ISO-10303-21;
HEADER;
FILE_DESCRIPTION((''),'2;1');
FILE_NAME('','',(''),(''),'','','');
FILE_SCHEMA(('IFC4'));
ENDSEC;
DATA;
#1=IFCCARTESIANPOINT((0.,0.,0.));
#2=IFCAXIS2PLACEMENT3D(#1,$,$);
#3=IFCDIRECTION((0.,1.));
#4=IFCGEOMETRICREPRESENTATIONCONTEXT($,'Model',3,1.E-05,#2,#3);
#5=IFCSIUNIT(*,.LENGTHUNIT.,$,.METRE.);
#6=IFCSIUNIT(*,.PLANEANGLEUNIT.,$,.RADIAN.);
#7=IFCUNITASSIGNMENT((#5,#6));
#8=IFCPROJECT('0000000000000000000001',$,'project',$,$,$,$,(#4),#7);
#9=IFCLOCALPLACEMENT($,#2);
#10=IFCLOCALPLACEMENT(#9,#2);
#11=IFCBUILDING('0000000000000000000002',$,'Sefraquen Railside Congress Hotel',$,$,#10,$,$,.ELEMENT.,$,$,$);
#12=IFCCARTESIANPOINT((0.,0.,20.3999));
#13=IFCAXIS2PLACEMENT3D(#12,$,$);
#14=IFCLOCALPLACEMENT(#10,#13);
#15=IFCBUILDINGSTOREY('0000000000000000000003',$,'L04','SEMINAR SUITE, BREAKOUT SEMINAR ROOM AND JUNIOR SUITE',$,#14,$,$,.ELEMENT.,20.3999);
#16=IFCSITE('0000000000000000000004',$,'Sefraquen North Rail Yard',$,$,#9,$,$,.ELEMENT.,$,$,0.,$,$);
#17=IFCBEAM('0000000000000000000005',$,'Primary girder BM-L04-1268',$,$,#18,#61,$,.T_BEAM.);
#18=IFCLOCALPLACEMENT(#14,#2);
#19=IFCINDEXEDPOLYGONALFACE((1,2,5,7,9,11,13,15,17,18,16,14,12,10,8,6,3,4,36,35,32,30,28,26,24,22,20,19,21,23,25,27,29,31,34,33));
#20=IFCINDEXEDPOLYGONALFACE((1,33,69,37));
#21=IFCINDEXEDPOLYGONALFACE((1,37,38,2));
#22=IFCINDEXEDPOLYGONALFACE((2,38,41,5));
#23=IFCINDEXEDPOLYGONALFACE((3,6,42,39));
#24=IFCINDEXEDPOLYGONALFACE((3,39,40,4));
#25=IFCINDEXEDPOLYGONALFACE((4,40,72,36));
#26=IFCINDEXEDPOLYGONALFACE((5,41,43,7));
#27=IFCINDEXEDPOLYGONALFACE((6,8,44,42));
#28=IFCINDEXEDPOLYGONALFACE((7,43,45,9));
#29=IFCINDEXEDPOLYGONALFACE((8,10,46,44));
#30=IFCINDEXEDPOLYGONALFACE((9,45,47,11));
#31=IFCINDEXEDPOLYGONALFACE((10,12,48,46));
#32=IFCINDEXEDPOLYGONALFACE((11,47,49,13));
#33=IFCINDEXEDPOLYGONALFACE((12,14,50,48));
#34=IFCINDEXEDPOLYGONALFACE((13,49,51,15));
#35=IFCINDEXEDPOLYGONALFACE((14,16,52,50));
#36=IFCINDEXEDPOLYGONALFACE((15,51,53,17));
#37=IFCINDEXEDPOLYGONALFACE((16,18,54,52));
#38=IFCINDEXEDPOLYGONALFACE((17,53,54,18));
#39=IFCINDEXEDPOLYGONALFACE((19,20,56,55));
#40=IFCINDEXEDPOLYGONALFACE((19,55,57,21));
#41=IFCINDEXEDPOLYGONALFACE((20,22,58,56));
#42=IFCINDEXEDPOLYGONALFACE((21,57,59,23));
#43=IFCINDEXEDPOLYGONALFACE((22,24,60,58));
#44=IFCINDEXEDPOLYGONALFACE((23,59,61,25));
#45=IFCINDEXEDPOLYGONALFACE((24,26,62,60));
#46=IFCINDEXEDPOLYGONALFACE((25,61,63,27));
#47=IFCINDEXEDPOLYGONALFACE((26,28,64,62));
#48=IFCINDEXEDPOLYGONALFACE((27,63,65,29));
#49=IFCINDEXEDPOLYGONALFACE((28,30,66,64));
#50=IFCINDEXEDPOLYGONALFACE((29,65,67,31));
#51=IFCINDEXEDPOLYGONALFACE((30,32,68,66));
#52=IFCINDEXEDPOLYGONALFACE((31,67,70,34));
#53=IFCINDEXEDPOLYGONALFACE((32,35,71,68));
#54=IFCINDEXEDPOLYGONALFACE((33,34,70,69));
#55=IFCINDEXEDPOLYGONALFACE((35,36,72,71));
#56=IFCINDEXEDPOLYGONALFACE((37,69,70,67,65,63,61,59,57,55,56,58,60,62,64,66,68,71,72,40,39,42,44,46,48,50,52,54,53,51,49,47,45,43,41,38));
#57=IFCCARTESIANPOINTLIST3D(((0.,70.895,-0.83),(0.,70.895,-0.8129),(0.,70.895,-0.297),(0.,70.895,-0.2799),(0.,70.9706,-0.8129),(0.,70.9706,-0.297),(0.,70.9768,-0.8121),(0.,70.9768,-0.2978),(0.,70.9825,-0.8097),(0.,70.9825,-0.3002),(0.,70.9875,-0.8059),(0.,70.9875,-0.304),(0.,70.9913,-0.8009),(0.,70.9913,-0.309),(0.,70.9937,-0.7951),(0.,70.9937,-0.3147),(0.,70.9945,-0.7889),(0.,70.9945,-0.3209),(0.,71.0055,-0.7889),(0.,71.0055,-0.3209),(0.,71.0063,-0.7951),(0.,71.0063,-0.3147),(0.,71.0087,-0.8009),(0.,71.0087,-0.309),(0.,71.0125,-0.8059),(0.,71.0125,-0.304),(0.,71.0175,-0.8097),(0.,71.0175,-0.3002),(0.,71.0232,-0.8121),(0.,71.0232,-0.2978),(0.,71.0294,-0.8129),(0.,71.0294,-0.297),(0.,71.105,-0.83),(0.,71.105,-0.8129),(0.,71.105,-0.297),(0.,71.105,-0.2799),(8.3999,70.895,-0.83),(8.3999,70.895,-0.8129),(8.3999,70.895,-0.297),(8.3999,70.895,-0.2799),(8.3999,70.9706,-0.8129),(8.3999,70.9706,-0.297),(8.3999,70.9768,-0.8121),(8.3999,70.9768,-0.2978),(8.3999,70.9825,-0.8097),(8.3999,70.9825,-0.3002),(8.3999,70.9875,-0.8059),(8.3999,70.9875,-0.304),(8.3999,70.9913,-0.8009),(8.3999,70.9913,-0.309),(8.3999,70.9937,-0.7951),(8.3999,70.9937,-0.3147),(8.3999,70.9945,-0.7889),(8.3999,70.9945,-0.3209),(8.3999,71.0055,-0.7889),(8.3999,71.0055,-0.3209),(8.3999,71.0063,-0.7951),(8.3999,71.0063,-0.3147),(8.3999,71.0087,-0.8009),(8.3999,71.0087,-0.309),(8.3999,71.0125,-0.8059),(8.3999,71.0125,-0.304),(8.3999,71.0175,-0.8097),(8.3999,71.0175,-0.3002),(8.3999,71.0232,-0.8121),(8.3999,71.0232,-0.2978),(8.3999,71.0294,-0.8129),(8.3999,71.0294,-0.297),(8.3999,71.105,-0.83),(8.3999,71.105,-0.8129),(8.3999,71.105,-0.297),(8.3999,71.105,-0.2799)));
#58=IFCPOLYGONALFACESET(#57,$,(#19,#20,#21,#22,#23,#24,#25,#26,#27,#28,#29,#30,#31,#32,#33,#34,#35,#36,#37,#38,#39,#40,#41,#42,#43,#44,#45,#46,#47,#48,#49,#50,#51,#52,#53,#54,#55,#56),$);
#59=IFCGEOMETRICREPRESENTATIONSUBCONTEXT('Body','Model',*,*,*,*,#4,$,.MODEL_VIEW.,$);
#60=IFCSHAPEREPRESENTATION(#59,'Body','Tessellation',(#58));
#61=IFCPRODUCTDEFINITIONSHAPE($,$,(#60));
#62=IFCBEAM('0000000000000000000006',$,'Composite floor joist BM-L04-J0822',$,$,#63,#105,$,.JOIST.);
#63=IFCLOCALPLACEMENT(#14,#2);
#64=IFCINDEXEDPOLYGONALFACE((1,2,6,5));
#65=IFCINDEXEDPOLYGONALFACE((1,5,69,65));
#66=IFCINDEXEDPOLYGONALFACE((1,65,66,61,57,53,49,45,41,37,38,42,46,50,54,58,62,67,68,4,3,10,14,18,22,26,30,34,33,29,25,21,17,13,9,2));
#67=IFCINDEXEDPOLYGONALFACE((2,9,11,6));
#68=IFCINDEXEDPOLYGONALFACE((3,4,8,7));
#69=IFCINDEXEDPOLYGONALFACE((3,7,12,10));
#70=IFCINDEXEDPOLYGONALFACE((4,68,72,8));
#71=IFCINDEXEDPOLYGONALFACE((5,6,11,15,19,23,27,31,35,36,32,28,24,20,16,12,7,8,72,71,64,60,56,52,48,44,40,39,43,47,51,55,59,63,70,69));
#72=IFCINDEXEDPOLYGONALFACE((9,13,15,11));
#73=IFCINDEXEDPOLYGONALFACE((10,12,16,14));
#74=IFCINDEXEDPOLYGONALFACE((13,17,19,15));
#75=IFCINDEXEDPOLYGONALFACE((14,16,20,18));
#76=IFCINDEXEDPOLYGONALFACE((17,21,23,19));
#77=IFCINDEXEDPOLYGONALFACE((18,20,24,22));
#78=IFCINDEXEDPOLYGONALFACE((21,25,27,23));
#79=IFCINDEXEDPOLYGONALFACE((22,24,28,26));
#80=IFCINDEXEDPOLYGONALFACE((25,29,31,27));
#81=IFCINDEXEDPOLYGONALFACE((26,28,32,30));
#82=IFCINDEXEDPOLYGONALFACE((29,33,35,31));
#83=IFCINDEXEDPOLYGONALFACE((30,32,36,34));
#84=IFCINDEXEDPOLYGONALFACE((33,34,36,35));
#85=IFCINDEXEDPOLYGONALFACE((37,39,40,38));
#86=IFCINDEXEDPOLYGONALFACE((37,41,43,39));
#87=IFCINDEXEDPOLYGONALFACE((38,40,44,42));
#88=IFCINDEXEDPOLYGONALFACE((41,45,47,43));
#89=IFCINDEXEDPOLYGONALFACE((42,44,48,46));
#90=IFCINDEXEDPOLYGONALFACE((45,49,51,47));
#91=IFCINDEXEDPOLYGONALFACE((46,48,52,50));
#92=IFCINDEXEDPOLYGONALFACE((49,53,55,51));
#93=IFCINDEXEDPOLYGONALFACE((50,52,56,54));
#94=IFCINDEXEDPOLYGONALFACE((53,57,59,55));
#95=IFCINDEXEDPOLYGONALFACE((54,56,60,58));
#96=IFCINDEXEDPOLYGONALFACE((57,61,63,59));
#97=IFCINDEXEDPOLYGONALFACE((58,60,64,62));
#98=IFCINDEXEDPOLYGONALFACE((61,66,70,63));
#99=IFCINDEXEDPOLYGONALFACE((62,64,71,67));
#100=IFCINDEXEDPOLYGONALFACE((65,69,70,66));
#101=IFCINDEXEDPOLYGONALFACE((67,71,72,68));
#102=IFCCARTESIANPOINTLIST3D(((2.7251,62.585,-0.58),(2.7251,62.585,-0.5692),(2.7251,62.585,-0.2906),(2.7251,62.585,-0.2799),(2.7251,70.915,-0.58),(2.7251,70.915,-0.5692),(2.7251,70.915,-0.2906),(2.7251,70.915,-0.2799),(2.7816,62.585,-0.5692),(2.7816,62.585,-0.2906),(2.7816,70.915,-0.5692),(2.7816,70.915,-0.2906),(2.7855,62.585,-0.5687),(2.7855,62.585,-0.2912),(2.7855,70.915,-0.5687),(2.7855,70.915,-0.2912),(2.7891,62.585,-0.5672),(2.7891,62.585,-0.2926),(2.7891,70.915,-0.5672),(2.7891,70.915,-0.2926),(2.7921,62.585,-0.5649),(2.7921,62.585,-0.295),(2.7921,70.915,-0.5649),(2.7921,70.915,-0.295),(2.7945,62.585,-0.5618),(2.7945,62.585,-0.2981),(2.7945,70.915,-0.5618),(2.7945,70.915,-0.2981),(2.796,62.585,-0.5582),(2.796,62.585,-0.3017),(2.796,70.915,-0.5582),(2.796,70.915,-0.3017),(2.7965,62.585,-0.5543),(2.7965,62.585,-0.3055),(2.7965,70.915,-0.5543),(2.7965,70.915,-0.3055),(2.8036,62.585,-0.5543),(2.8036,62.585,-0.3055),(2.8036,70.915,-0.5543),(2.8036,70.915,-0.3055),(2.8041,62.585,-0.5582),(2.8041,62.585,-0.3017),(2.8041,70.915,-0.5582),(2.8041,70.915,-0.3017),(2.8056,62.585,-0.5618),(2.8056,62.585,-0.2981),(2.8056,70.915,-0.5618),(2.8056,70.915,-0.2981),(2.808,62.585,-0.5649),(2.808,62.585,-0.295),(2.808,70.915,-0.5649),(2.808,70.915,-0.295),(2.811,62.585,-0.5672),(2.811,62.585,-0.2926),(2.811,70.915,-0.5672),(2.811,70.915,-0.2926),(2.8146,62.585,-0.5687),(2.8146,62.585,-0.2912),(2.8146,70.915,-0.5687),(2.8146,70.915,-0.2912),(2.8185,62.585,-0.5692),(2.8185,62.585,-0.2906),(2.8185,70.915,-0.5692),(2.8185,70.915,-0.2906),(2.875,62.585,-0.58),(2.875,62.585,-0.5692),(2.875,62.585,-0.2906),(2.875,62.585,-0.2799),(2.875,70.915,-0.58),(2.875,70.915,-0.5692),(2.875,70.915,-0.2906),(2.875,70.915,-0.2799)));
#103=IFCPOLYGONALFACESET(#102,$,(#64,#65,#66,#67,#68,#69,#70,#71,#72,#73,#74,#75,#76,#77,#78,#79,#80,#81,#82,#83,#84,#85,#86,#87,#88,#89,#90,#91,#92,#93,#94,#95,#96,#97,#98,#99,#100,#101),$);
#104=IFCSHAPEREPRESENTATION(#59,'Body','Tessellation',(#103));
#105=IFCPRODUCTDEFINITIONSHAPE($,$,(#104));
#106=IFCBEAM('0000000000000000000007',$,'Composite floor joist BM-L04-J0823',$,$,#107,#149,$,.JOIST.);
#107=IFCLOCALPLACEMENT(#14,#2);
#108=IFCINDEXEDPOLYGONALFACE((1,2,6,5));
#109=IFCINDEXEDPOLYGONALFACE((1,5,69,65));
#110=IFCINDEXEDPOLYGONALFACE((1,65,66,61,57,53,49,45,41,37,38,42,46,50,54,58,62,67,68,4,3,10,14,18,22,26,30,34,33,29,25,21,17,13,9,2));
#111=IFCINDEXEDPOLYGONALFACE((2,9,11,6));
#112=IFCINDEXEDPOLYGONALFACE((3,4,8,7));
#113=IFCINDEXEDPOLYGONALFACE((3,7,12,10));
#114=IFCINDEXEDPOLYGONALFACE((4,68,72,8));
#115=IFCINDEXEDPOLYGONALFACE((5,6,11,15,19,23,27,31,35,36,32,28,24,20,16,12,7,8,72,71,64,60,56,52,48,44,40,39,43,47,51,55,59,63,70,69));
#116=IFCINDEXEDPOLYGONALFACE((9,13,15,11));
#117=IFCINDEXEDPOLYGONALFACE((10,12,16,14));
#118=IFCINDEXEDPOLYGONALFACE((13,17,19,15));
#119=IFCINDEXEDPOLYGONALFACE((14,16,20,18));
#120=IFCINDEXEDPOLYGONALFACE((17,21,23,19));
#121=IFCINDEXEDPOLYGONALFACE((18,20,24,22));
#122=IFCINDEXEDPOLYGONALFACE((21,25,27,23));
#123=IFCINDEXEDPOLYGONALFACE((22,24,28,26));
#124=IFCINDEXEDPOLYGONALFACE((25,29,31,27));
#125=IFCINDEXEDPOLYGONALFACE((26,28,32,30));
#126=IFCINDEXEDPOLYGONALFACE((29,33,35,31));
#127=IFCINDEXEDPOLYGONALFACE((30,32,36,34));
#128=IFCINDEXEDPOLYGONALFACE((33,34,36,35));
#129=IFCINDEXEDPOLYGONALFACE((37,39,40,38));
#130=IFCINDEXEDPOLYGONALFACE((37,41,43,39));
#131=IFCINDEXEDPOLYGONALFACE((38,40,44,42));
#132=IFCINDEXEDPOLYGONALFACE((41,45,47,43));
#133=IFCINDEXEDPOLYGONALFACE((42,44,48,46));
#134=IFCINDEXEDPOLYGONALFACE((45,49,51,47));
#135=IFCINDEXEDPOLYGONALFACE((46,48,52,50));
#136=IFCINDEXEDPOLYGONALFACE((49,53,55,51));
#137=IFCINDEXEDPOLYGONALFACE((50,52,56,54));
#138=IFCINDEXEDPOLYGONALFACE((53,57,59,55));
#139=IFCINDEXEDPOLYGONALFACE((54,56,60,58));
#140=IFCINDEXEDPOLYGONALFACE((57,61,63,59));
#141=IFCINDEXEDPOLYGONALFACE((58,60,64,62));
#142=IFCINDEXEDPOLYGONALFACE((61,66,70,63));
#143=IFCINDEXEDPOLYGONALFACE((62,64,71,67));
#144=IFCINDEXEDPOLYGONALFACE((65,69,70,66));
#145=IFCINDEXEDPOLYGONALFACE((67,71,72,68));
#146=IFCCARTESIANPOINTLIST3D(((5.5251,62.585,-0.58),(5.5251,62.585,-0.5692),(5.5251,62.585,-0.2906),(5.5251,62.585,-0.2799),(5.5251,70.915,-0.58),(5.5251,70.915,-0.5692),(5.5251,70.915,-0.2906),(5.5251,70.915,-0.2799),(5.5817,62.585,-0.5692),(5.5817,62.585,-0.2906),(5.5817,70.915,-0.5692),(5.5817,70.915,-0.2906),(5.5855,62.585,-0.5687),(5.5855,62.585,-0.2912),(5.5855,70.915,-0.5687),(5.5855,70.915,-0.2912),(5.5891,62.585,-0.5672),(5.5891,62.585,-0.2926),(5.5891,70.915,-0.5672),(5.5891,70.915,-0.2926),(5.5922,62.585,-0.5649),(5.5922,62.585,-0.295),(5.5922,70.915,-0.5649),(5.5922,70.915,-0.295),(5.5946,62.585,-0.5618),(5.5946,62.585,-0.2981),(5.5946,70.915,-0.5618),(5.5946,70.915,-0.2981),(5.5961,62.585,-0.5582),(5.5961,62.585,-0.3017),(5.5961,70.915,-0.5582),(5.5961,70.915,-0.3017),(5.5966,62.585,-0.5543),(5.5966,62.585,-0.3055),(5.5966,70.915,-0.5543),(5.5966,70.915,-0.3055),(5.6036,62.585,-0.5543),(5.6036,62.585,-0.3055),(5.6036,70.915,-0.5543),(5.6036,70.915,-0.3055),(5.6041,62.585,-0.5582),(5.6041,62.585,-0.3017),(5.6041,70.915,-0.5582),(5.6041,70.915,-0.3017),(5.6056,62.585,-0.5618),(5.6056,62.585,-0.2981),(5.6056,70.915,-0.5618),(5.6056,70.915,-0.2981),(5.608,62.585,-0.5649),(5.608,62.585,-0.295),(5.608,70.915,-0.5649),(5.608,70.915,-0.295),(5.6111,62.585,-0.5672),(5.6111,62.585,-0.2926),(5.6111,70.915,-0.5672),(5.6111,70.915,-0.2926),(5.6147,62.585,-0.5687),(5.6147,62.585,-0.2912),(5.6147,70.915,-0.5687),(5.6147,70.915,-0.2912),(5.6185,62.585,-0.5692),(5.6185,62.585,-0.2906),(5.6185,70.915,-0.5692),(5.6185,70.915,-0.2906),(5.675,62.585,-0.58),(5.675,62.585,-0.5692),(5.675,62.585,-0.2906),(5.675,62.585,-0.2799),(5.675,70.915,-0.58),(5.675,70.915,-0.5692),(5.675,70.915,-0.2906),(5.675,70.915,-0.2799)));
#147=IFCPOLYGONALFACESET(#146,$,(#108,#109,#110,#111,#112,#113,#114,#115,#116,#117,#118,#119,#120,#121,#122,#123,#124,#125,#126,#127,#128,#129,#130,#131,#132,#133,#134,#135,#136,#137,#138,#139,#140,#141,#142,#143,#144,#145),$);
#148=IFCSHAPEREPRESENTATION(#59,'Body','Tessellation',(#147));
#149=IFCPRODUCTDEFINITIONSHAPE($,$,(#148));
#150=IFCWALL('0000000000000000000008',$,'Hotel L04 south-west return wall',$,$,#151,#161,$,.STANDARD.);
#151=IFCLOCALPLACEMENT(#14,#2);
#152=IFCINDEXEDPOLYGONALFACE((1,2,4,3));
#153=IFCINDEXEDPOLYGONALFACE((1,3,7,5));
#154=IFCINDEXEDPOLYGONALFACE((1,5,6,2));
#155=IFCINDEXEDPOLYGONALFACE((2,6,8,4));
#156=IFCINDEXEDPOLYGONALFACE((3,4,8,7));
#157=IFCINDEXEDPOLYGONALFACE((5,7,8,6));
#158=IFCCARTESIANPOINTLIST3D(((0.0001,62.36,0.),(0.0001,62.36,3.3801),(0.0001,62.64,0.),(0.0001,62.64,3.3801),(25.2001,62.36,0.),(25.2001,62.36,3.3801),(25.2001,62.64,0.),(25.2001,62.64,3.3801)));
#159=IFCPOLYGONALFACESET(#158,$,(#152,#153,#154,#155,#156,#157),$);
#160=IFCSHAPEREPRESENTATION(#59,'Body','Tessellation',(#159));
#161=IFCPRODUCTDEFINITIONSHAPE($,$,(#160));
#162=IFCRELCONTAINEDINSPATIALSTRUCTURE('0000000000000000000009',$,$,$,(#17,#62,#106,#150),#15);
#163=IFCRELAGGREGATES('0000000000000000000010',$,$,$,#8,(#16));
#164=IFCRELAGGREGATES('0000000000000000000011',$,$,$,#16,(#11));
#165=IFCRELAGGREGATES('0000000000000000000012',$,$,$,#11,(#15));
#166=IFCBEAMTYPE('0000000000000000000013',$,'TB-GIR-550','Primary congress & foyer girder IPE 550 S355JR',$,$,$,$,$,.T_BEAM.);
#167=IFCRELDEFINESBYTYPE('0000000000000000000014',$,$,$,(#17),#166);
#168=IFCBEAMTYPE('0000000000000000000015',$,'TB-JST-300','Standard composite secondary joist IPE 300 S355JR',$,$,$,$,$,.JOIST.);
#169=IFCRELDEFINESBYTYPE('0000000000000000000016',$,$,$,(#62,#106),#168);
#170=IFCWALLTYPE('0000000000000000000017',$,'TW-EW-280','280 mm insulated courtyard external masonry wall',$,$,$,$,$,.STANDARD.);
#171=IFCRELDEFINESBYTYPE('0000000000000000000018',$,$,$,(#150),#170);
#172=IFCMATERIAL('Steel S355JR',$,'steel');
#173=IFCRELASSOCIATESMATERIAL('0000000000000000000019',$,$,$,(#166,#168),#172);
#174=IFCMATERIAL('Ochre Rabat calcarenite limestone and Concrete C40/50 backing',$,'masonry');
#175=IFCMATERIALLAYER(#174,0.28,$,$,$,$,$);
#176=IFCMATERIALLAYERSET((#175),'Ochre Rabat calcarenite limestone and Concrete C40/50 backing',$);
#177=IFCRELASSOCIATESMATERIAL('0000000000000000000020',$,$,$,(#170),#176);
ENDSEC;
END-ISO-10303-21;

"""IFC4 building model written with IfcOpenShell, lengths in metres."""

from ifc_helpers import new_model, si_unit, direction, frame, frame_2d, origin, origin_2d, place, context, subcontext, project, spatial, rectangle, i_section, extrude, material, layer, layer_set, material_profile, profile_set, type_object, element, save


model = new_model("IFC4")

# Units and contexts
model_context = context("Model", 3, precision=1e-05, world=origin(), true_north=direction((0.0, 1.0)))
body_context = subcontext(model_context, "Body", "Model", "MODEL_VIEW")
ifc_project = project(units=[si_unit("LENGTHUNIT", "METRE"), si_unit("PLANEANGLEUNIT", "RADIAN")], contexts=[model_context])

# Site, building, storey
site_placement = place(None, origin())
site = spatial("IfcSite", under=ifc_project, at=site_placement, Name="Sefraquen North Rail Yard", CompositionType="ELEMENT", RefElevation=0.0)
building_placement = place(site_placement, origin())
building = spatial("IfcBuilding", under=site, at=building_placement, Name="Sefraquen Railside Congress Hotel", CompositionType="ELEMENT")
storey_placement = place(building_placement, frame((0.0, 0.0, 20.3999)))
storey = spatial("IfcBuildingStorey", under=building, at=storey_placement, Name="L04", Description="SEMINAR SUITE, BREAKOUT SEMINAR ROOM AND JUNIOR SUITE", CompositionType="ELEMENT", Elevation=20.3999)

# Shared definitions
ifc_material_1 = material(Name="Steel S355JR", Category="steel")

# Beams
ifc_material_profile_1 = material_profile(ifc_material_1, i_section(OverallWidth=0.21, OverallDepth=0.55, WebThickness=0.011, FlangeThickness=0.0171, FilletRadius=0.0239, at=origin_2d()), Name="IPE 550")
ifc_profile_set_1 = profile_set([ifc_material_profile_1], Name="Steel S355JR")
beam_type_1 = type_object("IfcBeamType", Name="TB-GIR-550", Description="Primary congress & foyer girder IPE 550 S355JR", PredefinedType="T_BEAM", material=ifc_profile_set_1)
for number, where, z_axis, x_axis, name in (
    (1, (0.0, 71.0, -0.5549), (1.0, 0.0, 0.0), (0.0, 1.0, 0.0), "Primary girder BM-L04-1268"),
):
    element("IfcBeam", number, at=place(storey_placement, frame(where, z_axis=z_axis, x_axis=x_axis)), inside=storey, type_object=beam_type_1, Name=name, PredefinedType="T_BEAM", context=body_context, shape_type="SweptSolid", body=[
        extrude(i_section(OverallWidth=0.21, OverallDepth=0.55, WebThickness=0.011, FlangeThickness=0.0171, FilletRadius=0.0239, at=origin_2d()), origin(), (0.0, 0.0, 1.0), 8.3999),
    ])
ifc_material_profile_2 = material_profile(ifc_material_1, i_section(OverallWidth=0.1499, OverallDepth=0.3, WebThickness=0.0071, FlangeThickness=0.0107, FilletRadius=0.0149, at=origin_2d()), Name="IPE 300")
ifc_profile_set_2 = profile_set([ifc_material_profile_2], Name="Steel S355JR")
beam_type_2 = type_object("IfcBeamType", Name="TB-JST-300", Description="Standard composite secondary joist IPE 300 S355JR", PredefinedType="JOIST", material=ifc_profile_set_2)
for number, where, z_axis, x_axis, name in (
    (2, (2.8, 62.585, -0.4299), (0.0, 1.0, 0.0), (-1.0, 0.0, 0.0), "Composite floor joist BM-L04-J0822"),
    (3, (5.6001, 62.585, -0.4299), (0.0, 1.0, 0.0), (-1.0, 0.0, 0.0), "Composite floor joist BM-L04-J0823"),
):
    element("IfcBeam", number, at=place(storey_placement, frame(where, z_axis=z_axis, x_axis=x_axis)), inside=storey, type_object=beam_type_2, Name=name, PredefinedType="JOIST", context=body_context, shape_type="SweptSolid", body=[
        extrude(i_section(OverallWidth=0.1499, OverallDepth=0.3, WebThickness=0.0071, FlangeThickness=0.0107, FilletRadius=0.0149, at=origin_2d()), origin(), (0.0, 0.0, 1.0), 8.3301),
    ])

# Wall
ifc_material_2 = material(Name="Ochre Rabat calcarenite limestone and Concrete C40/50 backing", Category="masonry")
ifc_layer_1 = layer(ifc_material_2, 0.28)
ifc_layer_set_1 = layer_set([ifc_layer_1], Name="Ochre Rabat calcarenite limestone and Concrete C40/50 backing")
wall_type_1 = type_object("IfcWallType", Name="TW-EW-280", Description="280 mm insulated courtyard external masonry wall", PredefinedType="STANDARD", material=ifc_layer_set_1)
wall_1_placement = place(storey_placement, frame((0.0, 62.5, 0.0), z_axis=(0.0, 0.0, 1.0), x_axis=(1.0, 0.0, 0.0)))
element("IfcWall", 4, at=wall_1_placement, inside=storey, type_object=wall_type_1, Name="Hotel L04 south-west return wall", PredefinedType="STANDARD", context=body_context, shape_type="SweptSolid", body=[
    extrude(rectangle(XDim=25.2, YDim=0.28, at=frame_2d((12.6001, 0.0))), origin(), (0.0, 0.0, 1.0), 3.3801),
])

save(model, "model.ifc")
